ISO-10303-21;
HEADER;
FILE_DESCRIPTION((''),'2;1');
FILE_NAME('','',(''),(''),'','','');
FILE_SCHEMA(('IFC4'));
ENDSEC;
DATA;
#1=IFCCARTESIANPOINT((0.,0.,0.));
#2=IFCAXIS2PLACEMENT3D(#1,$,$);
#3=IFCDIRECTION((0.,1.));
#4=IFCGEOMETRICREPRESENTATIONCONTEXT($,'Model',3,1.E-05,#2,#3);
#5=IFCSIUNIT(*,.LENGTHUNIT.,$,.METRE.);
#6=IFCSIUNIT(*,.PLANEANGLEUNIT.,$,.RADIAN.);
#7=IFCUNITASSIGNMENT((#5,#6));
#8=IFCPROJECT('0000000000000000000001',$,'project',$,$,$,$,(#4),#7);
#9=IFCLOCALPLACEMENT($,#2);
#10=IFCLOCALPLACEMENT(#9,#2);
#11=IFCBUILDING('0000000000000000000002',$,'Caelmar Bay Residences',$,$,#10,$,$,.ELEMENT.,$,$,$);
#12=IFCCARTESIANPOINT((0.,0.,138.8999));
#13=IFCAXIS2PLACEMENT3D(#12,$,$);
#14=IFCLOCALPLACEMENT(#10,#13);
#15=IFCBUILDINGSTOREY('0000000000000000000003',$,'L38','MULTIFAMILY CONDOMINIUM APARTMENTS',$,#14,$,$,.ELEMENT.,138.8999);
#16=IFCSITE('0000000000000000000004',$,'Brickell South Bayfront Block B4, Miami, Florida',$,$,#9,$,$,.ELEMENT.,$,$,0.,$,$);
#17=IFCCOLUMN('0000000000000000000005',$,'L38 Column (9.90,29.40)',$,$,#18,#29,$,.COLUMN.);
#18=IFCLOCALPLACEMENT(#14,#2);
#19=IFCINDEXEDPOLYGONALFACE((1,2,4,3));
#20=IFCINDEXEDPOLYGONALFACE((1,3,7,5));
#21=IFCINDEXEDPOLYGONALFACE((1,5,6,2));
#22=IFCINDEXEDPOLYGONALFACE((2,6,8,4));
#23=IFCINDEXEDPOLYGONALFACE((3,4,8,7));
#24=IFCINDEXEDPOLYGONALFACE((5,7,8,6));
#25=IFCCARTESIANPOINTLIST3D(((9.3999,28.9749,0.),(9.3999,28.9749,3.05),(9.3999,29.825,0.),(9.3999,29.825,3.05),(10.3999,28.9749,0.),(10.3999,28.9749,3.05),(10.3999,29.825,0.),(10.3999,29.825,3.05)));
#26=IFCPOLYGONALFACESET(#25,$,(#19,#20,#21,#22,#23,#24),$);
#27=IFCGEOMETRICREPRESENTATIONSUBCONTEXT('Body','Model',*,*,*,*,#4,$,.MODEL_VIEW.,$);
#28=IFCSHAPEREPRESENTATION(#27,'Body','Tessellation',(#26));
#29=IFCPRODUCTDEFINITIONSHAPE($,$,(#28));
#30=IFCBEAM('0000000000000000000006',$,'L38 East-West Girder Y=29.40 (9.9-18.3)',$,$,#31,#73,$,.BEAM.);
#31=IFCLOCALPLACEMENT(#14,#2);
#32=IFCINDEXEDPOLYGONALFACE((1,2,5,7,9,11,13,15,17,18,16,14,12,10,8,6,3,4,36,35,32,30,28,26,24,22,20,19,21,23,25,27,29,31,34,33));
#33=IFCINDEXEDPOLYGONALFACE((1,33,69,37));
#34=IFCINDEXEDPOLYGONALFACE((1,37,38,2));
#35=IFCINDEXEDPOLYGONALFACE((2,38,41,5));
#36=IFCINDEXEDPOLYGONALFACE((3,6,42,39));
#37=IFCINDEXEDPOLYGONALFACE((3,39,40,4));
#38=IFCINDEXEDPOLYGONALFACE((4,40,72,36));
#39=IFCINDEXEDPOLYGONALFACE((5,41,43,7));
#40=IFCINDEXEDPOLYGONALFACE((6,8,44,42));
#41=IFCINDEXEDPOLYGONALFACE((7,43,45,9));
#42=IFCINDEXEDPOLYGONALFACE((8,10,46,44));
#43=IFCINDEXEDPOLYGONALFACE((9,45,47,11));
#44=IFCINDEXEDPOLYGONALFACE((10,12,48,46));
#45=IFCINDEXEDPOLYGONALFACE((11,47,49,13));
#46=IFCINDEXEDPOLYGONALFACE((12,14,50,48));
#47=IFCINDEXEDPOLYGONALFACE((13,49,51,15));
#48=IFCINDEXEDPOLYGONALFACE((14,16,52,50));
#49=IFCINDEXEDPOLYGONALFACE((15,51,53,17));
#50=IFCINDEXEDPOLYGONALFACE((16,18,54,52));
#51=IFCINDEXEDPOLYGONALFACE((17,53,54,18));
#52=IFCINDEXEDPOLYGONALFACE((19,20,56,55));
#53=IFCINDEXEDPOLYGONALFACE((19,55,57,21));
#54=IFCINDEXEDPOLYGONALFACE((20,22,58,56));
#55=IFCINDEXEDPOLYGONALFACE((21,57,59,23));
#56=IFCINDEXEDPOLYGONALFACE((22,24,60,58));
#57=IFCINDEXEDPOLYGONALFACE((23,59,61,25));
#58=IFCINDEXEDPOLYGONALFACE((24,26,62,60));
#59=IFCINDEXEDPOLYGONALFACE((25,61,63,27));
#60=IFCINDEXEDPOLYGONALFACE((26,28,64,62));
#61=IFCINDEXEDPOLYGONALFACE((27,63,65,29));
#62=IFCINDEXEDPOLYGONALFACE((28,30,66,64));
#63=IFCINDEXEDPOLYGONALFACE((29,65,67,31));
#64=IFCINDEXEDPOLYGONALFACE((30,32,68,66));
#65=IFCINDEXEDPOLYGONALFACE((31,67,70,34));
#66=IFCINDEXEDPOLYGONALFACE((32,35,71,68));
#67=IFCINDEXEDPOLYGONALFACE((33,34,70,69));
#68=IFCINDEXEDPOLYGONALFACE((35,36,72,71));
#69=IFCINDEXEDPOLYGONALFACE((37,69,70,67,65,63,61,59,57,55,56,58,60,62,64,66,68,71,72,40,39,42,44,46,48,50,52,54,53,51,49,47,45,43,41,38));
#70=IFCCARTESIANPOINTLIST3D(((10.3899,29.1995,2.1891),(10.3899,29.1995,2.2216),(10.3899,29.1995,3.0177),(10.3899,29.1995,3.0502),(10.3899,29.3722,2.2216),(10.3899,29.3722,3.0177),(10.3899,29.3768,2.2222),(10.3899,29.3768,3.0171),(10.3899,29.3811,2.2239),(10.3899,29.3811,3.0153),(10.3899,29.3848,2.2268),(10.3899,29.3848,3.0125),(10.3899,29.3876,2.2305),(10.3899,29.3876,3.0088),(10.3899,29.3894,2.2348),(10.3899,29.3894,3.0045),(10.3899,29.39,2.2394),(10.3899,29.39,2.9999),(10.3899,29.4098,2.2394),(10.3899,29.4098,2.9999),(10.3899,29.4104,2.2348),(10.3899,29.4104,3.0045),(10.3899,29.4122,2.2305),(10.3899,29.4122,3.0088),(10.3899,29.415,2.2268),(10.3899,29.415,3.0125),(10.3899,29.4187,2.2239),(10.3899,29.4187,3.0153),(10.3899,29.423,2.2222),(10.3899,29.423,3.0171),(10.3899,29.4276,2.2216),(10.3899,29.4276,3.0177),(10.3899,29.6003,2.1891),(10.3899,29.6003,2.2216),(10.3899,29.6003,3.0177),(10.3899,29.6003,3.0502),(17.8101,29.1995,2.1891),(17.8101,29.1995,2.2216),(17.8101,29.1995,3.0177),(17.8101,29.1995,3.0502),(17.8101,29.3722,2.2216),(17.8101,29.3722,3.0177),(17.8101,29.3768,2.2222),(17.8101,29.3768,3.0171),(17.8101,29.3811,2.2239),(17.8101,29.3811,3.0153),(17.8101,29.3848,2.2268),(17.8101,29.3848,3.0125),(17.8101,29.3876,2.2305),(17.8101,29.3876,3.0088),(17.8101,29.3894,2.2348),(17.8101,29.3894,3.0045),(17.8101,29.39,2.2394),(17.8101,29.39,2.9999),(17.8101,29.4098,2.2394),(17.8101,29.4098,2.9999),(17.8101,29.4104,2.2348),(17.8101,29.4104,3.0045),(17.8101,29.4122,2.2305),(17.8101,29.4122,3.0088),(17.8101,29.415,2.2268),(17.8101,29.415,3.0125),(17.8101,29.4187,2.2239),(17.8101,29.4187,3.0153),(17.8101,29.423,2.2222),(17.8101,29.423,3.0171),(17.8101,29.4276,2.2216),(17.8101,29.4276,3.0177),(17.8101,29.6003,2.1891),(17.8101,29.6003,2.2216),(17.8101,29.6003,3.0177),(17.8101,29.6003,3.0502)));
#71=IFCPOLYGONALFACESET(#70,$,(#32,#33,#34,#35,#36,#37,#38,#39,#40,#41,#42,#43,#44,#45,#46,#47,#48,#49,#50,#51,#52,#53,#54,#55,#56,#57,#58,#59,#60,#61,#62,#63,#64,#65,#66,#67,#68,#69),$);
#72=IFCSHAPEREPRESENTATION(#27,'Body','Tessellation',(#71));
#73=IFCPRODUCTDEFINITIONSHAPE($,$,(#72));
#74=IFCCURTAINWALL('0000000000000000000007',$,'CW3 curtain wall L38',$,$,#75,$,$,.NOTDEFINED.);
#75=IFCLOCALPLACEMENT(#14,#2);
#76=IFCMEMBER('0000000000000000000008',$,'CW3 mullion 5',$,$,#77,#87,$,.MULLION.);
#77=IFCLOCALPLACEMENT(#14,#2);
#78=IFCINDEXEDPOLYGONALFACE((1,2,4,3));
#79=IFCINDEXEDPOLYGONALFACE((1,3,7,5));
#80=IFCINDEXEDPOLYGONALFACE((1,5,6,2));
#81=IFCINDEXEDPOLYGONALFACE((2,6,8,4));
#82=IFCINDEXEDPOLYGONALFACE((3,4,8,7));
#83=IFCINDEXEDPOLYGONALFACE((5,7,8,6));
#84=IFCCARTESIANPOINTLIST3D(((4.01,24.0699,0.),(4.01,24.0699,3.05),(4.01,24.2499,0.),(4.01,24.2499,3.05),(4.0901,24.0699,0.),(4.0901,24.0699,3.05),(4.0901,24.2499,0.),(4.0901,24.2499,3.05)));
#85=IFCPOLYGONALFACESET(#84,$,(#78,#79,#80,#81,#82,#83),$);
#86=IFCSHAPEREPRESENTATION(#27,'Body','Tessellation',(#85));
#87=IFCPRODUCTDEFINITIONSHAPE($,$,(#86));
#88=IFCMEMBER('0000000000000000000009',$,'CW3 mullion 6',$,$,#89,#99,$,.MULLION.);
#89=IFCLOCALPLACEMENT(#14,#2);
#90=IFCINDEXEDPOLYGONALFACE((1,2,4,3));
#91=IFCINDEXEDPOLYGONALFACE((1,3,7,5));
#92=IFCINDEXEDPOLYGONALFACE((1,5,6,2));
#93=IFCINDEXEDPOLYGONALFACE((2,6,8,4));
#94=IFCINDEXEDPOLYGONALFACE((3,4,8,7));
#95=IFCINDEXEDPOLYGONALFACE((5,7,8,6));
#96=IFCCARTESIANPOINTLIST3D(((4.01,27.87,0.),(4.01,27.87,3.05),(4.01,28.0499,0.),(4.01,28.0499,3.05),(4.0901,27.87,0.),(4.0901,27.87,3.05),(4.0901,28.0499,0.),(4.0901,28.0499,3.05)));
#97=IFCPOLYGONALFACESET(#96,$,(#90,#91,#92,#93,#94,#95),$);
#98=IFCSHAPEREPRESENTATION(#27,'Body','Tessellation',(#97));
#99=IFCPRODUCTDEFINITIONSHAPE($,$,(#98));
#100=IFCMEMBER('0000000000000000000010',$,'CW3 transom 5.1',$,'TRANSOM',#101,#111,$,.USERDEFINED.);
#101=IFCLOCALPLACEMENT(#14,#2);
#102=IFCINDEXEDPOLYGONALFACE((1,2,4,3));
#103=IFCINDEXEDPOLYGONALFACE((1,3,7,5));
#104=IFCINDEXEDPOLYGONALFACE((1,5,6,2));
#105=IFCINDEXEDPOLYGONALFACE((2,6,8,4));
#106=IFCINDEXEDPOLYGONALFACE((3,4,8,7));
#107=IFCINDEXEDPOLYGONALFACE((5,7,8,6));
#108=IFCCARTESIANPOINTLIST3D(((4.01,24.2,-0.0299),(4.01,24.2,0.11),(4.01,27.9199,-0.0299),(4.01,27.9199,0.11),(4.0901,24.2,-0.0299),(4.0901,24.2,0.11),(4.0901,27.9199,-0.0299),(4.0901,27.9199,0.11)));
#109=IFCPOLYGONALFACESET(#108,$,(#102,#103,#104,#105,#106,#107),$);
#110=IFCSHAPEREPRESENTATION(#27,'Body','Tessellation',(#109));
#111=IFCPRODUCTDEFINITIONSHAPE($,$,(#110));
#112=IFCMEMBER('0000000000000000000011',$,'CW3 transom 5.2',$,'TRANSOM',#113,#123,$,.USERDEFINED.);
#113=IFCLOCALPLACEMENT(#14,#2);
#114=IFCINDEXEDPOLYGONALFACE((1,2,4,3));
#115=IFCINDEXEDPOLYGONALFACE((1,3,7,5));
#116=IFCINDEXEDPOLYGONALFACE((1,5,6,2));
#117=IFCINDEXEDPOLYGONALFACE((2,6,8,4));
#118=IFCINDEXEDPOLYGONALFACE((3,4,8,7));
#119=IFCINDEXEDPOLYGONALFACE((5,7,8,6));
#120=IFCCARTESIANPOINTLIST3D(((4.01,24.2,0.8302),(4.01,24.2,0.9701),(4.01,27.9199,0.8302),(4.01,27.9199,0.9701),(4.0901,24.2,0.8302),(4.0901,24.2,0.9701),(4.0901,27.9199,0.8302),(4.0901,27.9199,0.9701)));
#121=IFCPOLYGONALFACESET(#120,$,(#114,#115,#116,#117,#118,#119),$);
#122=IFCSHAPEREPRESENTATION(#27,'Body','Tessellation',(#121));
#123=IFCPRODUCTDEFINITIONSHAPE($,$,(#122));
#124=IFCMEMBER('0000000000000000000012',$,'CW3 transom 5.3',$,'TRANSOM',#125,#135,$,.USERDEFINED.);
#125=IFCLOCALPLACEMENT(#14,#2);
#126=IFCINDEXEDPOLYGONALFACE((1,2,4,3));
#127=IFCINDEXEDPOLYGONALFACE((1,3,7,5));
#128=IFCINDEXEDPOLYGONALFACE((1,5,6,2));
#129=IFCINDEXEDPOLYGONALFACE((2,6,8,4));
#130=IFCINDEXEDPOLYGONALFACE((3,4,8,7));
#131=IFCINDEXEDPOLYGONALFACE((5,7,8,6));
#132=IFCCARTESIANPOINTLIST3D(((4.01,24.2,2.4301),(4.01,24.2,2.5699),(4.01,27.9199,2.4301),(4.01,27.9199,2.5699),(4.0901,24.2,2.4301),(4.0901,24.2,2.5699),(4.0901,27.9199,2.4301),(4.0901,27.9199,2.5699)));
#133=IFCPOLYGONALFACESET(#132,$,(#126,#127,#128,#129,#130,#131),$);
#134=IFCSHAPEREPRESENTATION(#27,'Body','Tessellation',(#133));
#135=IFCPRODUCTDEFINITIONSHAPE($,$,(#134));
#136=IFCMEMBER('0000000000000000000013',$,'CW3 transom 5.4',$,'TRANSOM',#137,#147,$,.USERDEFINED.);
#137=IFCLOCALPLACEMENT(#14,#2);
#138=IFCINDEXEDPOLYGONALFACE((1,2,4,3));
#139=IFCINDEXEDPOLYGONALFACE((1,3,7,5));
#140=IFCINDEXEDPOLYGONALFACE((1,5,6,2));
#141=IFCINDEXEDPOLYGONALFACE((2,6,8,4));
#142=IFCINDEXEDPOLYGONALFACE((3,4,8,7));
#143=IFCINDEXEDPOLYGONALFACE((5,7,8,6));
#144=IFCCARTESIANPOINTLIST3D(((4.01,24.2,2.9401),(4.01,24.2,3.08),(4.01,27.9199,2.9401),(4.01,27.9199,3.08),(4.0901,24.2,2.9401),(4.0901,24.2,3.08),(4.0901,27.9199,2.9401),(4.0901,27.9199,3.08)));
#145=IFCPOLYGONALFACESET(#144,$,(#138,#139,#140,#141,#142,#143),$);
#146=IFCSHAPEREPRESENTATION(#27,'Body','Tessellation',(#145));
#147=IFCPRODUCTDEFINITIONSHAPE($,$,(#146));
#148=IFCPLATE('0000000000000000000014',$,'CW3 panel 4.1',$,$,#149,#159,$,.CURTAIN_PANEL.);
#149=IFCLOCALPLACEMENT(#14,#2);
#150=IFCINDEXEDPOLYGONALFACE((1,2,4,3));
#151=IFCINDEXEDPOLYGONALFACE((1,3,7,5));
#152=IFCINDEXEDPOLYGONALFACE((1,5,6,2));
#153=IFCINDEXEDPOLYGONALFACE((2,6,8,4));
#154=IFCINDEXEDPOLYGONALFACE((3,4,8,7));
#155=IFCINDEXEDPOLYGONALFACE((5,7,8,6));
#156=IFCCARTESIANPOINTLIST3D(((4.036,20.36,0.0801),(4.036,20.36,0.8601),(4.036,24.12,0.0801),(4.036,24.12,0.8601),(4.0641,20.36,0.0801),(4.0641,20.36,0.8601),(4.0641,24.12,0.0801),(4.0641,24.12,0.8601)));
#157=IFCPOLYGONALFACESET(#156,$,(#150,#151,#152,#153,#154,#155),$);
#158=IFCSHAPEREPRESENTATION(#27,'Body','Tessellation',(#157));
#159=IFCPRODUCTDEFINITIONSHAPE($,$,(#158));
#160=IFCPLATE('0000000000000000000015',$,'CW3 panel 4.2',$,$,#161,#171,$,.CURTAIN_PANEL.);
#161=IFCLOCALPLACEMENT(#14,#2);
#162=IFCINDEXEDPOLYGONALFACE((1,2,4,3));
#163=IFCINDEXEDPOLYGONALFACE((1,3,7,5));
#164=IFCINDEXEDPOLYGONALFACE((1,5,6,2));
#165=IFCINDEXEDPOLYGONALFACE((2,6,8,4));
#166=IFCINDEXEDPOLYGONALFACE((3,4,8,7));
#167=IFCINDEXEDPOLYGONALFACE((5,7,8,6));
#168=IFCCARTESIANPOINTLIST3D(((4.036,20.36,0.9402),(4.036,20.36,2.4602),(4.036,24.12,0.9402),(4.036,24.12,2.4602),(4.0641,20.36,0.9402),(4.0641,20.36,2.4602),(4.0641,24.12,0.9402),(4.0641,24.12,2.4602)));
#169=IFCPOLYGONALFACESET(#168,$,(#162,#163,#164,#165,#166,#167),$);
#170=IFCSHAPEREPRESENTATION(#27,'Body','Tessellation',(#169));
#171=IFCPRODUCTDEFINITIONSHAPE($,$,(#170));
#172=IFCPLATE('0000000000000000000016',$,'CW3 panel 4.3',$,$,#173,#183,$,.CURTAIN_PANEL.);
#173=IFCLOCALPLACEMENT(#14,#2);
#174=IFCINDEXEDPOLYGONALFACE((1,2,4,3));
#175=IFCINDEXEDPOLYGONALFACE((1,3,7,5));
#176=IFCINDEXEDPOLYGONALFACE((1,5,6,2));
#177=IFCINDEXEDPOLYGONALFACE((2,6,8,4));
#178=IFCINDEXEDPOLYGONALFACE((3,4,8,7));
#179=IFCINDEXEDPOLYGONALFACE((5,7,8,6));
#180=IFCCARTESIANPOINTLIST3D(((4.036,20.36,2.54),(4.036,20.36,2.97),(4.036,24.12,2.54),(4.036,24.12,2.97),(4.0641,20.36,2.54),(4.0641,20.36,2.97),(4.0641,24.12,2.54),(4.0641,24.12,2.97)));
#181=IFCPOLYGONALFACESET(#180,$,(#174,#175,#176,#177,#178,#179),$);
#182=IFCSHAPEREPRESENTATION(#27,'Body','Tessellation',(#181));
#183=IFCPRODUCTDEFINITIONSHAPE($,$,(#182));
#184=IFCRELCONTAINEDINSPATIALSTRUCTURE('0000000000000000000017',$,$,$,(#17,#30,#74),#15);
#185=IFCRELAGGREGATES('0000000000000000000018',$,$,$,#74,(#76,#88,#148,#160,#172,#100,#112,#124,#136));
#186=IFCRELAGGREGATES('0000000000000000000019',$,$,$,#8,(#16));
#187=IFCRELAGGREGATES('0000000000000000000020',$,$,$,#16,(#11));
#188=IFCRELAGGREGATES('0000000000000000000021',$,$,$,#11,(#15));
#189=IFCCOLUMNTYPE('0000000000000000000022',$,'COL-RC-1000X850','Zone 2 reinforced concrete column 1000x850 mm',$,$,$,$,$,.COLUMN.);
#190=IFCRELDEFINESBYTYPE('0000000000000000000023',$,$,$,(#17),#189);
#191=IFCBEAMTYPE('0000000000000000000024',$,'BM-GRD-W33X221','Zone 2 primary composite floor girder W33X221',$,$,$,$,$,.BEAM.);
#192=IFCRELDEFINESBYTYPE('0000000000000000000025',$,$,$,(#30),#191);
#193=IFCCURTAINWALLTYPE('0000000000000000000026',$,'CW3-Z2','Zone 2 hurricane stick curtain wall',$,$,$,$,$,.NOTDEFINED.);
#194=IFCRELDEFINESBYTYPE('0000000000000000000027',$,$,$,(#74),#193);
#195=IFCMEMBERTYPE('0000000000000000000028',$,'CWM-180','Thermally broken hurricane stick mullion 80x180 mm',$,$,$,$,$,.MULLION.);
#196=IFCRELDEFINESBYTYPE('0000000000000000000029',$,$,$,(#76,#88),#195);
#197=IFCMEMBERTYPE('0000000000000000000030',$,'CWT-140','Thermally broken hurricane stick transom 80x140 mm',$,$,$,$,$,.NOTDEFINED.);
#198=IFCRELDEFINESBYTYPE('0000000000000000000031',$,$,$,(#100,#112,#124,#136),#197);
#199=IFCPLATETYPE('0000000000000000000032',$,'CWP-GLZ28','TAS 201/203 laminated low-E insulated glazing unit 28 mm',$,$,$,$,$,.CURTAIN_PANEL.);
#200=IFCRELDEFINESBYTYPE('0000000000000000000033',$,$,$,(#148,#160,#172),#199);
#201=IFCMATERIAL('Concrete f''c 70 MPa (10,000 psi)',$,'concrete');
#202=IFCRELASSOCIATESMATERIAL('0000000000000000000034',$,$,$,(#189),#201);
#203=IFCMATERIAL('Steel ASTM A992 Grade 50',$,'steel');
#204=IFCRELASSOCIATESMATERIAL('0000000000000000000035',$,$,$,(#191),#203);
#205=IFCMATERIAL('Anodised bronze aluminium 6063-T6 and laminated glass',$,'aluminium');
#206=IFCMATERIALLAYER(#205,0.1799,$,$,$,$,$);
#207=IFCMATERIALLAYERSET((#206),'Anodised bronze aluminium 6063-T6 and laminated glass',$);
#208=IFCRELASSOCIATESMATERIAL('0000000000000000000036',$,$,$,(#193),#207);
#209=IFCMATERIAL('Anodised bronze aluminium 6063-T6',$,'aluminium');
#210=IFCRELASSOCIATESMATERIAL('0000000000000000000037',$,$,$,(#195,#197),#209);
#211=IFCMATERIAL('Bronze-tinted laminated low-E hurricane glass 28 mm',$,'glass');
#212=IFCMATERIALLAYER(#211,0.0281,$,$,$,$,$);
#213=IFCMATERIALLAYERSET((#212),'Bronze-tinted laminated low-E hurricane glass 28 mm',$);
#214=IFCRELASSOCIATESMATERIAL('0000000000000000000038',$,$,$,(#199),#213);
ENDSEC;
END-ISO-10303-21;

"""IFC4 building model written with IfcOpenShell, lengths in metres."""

from ifc_helpers import new_model, si_unit, direction, frame, origin, origin_2d, place, context, subcontext, project, spatial, rectangle, i_section, extrude, material, layer, layer_set, material_profile, profile_set, type_object, element, aggregate, save


model = new_model("IFC4")

# Units and contexts
model_context = context("Model", 3, precision=1e-05, world=origin(), true_north=direction((0.0, 1.0)))
body_context = subcontext(model_context, "Body", "Model", "MODEL_VIEW")
ifc_project = project(units=[si_unit("LENGTHUNIT", "METRE"), si_unit("PLANEANGLEUNIT", "RADIAN")], contexts=[model_context])

# Site, building, storey
site_placement = place(None, origin())
site = spatial("IfcSite", under=ifc_project, at=site_placement, Name="Brickell South Bayfront Block B4, Miami, Florida", CompositionType="ELEMENT", RefElevation=0.0)
building_placement = place(site_placement, origin())
building = spatial("IfcBuilding", under=site, at=building_placement, Name="Caelmar Bay Residences", CompositionType="ELEMENT")
storey_placement = place(building_placement, frame((0.0, 0.0, 138.8999)))
storey = spatial("IfcBuildingStorey", under=building, at=storey_placement, Name="L38", Description="MULTIFAMILY CONDOMINIUM APARTMENTS", CompositionType="ELEMENT", Elevation=138.8999)

# Column
ifc_material_1 = material(Name="Concrete f'c 70 MPa (10,000 psi)", Category="concrete")
ifc_material_profile_1 = material_profile(ifc_material_1, rectangle(XDim=1.0, YDim=0.8501, at=origin_2d()), Name="RC-COL-1000X850")
ifc_profile_set_1 = profile_set([ifc_material_profile_1], Name="Concrete f'c 70 MPa (10,000 psi)")
column_type = type_object("IfcColumnType", Name="COL-RC-1000X850", Description="Zone 2 reinforced concrete column 1000x850 mm", PredefinedType="COLUMN", material=ifc_profile_set_1)
column_placement = place(storey_placement, frame((9.8999, 29.3999, 0.0), z_axis=(0.0, 0.0, 1.0), x_axis=(1.0, 0.0, 0.0)))
element("IfcColumn", 1, at=column_placement, inside=storey, type_object=column_type, Name="L38 Column (9.90,29.40)", PredefinedType="COLUMN", context=body_context, shape_type="SweptSolid", body=[
    extrude(rectangle(XDim=1.0, YDim=0.8501, at=origin_2d()), origin(), (0.0, 0.0, 1.0), 3.05),
])

# Beam
ifc_material_2 = material(Name="Steel ASTM A992 Grade 50", Category="steel")
ifc_material_profile_2 = material_profile(ifc_material_2, i_section(OverallWidth=0.4009, OverallDepth=0.8611, WebThickness=0.0198, FlangeThickness=0.0325, FilletRadius=0.0178, at=origin_2d()), Name="W33X221")
ifc_profile_set_2 = profile_set([ifc_material_profile_2], Name="Steel ASTM A992 Grade 50")
beam_type = type_object("IfcBeamType", Name="BM-GRD-W33X221", Description="Zone 2 primary composite floor girder W33X221", PredefinedType="BEAM", material=ifc_profile_set_2)
beam_placement = place(storey_placement, frame((10.3899, 29.3999, 2.6196), z_axis=(1.0, 0.0, 0.0), x_axis=(0.0, 1.0, 0.0)))
element("IfcBeam", 2, at=beam_placement, inside=storey, type_object=beam_type, Name="L38 East-West Girder Y=29.40 (9.9-18.3)", PredefinedType="BEAM", context=body_context, shape_type="SweptSolid", body=[
    extrude(i_section(OverallWidth=0.4009, OverallDepth=0.8611, WebThickness=0.0198, FlangeThickness=0.0325, FilletRadius=0.0178, at=origin_2d()), origin(), (0.0, 0.0, 1.0), 7.4202),
])

# Curtain wall, members, plates
ifc_material_3 = material(Name="Anodised bronze aluminium 6063-T6 and laminated glass", Category="aluminium")
ifc_layer_1 = layer(ifc_material_3, 0.1799)
ifc_layer_set_1 = layer_set([ifc_layer_1], Name="Anodised bronze aluminium 6063-T6 and laminated glass")
curtain_wall_type = type_object("IfcCurtainWallType", Name="CW3-Z2", Description="Zone 2 hurricane stick curtain wall", PredefinedType="NOTDEFINED", material=ifc_layer_set_1)
curtain_wall_placement = place(storey_placement, origin())
curtain_wall = element("IfcCurtainWall", 3, at=curtain_wall_placement, inside=storey, type_object=curtain_wall_type, Name="CW3 curtain wall L38", PredefinedType="NOTDEFINED")
ifc_material_4 = material(Name="Anodised bronze aluminium 6063-T6", Category="aluminium")
ifc_material_profile_3 = material_profile(ifc_material_4, rectangle(XDim=0.0801, YDim=0.1799, at=origin_2d()), Name="CWM-80X180")
ifc_profile_set_3 = profile_set([ifc_material_profile_3], Name="Anodised bronze aluminium 6063-T6")
member_type_1 = type_object("IfcMemberType", Name="CWM-180", Description="Thermally broken hurricane stick mullion 80x180 mm", PredefinedType="MULLION", material=ifc_profile_set_3)
member_1_placement = place(storey_placement, frame((4.05, 24.1599, 0.0), z_axis=(0.0, 0.0, 1.0), x_axis=(-1.0, 0.0, 0.0)))
member_1 = element("IfcMember", 4, at=member_1_placement, type_object=member_type_1, Name="CW3 mullion 5", PredefinedType="MULLION", context=body_context, shape_type="SweptSolid", body=[
    extrude(rectangle(XDim=0.0801, YDim=0.1799, at=origin_2d()), origin(), (0.0, 0.0, 1.0), 3.05),
])
member_2_placement = place(storey_placement, frame((4.05, 27.96, 0.0), z_axis=(0.0, 0.0, 1.0), x_axis=(-1.0, 0.0, 0.0)))
member_2 = element("IfcMember", 5, at=member_2_placement, type_object=member_type_1, Name="CW3 mullion 6", PredefinedType="MULLION", context=body_context, shape_type="SweptSolid", body=[
    extrude(rectangle(XDim=0.0801, YDim=0.1799, at=origin_2d()), origin(), (0.0, 0.0, 1.0), 3.05),
])
ifc_material_profile_4 = material_profile(ifc_material_4, rectangle(XDim=0.0801, YDim=0.1399, at=origin_2d()), Name="CWT-80X140")
ifc_profile_set_4 = profile_set([ifc_material_profile_4], Name="Anodised bronze aluminium 6063-T6")
member_type_2 = type_object("IfcMemberType", Name="CWT-140", Description="Thermally broken hurricane stick transom 80x140 mm", PredefinedType="NOTDEFINED", material=ifc_profile_set_4)
member_3_placement = place(storey_placement, frame((4.05, 24.2, 0.04), z_axis=(0.0, 1.0, 0.0), x_axis=(-1.0, 0.0, 0.0)))
member_3 = element("IfcMember", 6, at=member_3_placement, type_object=member_type_2, Name="CW3 transom 5.1", ObjectType="TRANSOM", PredefinedType="USERDEFINED", context=body_context, shape_type="SweptSolid", body=[
    extrude(rectangle(XDim=0.0801, YDim=0.1399, at=origin_2d()), origin(), (0.0, 0.0, 1.0), 3.72),
])
member_4_placement = place(storey_placement, frame((4.05, 24.2, 0.9001), z_axis=(0.0, 1.0, 0.0), x_axis=(-1.0, 0.0, 0.0)))
member_4 = element("IfcMember", 7, at=member_4_placement, type_object=member_type_2, Name="CW3 transom 5.2", ObjectType="TRANSOM", PredefinedType="USERDEFINED", context=body_context, shape_type="SweptSolid", body=[
    extrude(rectangle(XDim=0.0801, YDim=0.1399, at=origin_2d()), origin(), (0.0, 0.0, 1.0), 3.72),
])
member_5_placement = place(storey_placement, frame((4.05, 24.2, 2.5), z_axis=(0.0, 1.0, 0.0), x_axis=(-1.0, 0.0, 0.0)))
member_5 = element("IfcMember", 8, at=member_5_placement, type_object=member_type_2, Name="CW3 transom 5.3", ObjectType="TRANSOM", PredefinedType="USERDEFINED", context=body_context, shape_type="SweptSolid", body=[
    extrude(rectangle(XDim=0.0801, YDim=0.1399, at=origin_2d()), origin(), (0.0, 0.0, 1.0), 3.72),
])
member_6_placement = place(storey_placement, frame((4.05, 24.2, 3.01), z_axis=(0.0, 1.0, 0.0), x_axis=(-1.0, 0.0, 0.0)))
member_6 = element("IfcMember", 9, at=member_6_placement, type_object=member_type_2, Name="CW3 transom 5.4", ObjectType="TRANSOM", PredefinedType="USERDEFINED", context=body_context, shape_type="SweptSolid", body=[
    extrude(rectangle(XDim=0.0801, YDim=0.1399, at=origin_2d()), origin(), (0.0, 0.0, 1.0), 3.72),
])
ifc_material_5 = material(Name="Bronze-tinted laminated low-E hurricane glass 28 mm", Category="glass")
ifc_layer_2 = layer(ifc_material_5, 0.0281)
ifc_layer_set_2 = layer_set([ifc_layer_2], Name="Bronze-tinted laminated low-E hurricane glass 28 mm")
plate_type = type_object("IfcPlateType", Name="CWP-GLZ28", Description="TAS 201/203 laminated low-E insulated glazing unit 28 mm", PredefinedType="CURTAIN_PANEL", material=ifc_layer_set_2)
plate_1_placement = place(storey_placement, frame((4.05, 22.24, 0.0801), z_axis=(0.0, 0.0, 1.0), x_axis=(0.0, 1.0, 0.0)))
plate_1 = element("IfcPlate", 10, at=plate_1_placement, type_object=plate_type, Name="CW3 panel 4.1", PredefinedType="CURTAIN_PANEL", context=body_context, shape_type="SweptSolid", body=[
    extrude(rectangle(XDim=3.76, YDim=0.0281, at=origin_2d()), origin(), (0.0, 0.0, 1.0), 0.78),
])
plate_2_placement = place(storey_placement, frame((4.05, 22.24, 0.9402), z_axis=(0.0, 0.0, 1.0), x_axis=(0.0, 1.0, 0.0)))
plate_2 = element("IfcPlate", 11, at=plate_2_placement, type_object=plate_type, Name="CW3 panel 4.2", PredefinedType="CURTAIN_PANEL", context=body_context, shape_type="SweptSolid", body=[
    extrude(rectangle(XDim=3.76, YDim=0.0281, at=origin_2d()), origin(), (0.0, 0.0, 1.0), 1.52),
])
plate_3_placement = place(storey_placement, frame((4.05, 22.24, 2.54), z_axis=(0.0, 0.0, 1.0), x_axis=(0.0, 1.0, 0.0)))
plate_3 = element("IfcPlate", 12, at=plate_3_placement, type_object=plate_type, Name="CW3 panel 4.3", PredefinedType="CURTAIN_PANEL", context=body_context, shape_type="SweptSolid", body=[
    extrude(rectangle(XDim=3.76, YDim=0.0281, at=origin_2d()), origin(), (0.0, 0.0, 1.0), 0.4299),
])
aggregate(curtain_wall, [member_1, member_2, plate_1, plate_2, plate_3, member_3, member_4, member_5, member_6])

save(model, "model.ifc")
